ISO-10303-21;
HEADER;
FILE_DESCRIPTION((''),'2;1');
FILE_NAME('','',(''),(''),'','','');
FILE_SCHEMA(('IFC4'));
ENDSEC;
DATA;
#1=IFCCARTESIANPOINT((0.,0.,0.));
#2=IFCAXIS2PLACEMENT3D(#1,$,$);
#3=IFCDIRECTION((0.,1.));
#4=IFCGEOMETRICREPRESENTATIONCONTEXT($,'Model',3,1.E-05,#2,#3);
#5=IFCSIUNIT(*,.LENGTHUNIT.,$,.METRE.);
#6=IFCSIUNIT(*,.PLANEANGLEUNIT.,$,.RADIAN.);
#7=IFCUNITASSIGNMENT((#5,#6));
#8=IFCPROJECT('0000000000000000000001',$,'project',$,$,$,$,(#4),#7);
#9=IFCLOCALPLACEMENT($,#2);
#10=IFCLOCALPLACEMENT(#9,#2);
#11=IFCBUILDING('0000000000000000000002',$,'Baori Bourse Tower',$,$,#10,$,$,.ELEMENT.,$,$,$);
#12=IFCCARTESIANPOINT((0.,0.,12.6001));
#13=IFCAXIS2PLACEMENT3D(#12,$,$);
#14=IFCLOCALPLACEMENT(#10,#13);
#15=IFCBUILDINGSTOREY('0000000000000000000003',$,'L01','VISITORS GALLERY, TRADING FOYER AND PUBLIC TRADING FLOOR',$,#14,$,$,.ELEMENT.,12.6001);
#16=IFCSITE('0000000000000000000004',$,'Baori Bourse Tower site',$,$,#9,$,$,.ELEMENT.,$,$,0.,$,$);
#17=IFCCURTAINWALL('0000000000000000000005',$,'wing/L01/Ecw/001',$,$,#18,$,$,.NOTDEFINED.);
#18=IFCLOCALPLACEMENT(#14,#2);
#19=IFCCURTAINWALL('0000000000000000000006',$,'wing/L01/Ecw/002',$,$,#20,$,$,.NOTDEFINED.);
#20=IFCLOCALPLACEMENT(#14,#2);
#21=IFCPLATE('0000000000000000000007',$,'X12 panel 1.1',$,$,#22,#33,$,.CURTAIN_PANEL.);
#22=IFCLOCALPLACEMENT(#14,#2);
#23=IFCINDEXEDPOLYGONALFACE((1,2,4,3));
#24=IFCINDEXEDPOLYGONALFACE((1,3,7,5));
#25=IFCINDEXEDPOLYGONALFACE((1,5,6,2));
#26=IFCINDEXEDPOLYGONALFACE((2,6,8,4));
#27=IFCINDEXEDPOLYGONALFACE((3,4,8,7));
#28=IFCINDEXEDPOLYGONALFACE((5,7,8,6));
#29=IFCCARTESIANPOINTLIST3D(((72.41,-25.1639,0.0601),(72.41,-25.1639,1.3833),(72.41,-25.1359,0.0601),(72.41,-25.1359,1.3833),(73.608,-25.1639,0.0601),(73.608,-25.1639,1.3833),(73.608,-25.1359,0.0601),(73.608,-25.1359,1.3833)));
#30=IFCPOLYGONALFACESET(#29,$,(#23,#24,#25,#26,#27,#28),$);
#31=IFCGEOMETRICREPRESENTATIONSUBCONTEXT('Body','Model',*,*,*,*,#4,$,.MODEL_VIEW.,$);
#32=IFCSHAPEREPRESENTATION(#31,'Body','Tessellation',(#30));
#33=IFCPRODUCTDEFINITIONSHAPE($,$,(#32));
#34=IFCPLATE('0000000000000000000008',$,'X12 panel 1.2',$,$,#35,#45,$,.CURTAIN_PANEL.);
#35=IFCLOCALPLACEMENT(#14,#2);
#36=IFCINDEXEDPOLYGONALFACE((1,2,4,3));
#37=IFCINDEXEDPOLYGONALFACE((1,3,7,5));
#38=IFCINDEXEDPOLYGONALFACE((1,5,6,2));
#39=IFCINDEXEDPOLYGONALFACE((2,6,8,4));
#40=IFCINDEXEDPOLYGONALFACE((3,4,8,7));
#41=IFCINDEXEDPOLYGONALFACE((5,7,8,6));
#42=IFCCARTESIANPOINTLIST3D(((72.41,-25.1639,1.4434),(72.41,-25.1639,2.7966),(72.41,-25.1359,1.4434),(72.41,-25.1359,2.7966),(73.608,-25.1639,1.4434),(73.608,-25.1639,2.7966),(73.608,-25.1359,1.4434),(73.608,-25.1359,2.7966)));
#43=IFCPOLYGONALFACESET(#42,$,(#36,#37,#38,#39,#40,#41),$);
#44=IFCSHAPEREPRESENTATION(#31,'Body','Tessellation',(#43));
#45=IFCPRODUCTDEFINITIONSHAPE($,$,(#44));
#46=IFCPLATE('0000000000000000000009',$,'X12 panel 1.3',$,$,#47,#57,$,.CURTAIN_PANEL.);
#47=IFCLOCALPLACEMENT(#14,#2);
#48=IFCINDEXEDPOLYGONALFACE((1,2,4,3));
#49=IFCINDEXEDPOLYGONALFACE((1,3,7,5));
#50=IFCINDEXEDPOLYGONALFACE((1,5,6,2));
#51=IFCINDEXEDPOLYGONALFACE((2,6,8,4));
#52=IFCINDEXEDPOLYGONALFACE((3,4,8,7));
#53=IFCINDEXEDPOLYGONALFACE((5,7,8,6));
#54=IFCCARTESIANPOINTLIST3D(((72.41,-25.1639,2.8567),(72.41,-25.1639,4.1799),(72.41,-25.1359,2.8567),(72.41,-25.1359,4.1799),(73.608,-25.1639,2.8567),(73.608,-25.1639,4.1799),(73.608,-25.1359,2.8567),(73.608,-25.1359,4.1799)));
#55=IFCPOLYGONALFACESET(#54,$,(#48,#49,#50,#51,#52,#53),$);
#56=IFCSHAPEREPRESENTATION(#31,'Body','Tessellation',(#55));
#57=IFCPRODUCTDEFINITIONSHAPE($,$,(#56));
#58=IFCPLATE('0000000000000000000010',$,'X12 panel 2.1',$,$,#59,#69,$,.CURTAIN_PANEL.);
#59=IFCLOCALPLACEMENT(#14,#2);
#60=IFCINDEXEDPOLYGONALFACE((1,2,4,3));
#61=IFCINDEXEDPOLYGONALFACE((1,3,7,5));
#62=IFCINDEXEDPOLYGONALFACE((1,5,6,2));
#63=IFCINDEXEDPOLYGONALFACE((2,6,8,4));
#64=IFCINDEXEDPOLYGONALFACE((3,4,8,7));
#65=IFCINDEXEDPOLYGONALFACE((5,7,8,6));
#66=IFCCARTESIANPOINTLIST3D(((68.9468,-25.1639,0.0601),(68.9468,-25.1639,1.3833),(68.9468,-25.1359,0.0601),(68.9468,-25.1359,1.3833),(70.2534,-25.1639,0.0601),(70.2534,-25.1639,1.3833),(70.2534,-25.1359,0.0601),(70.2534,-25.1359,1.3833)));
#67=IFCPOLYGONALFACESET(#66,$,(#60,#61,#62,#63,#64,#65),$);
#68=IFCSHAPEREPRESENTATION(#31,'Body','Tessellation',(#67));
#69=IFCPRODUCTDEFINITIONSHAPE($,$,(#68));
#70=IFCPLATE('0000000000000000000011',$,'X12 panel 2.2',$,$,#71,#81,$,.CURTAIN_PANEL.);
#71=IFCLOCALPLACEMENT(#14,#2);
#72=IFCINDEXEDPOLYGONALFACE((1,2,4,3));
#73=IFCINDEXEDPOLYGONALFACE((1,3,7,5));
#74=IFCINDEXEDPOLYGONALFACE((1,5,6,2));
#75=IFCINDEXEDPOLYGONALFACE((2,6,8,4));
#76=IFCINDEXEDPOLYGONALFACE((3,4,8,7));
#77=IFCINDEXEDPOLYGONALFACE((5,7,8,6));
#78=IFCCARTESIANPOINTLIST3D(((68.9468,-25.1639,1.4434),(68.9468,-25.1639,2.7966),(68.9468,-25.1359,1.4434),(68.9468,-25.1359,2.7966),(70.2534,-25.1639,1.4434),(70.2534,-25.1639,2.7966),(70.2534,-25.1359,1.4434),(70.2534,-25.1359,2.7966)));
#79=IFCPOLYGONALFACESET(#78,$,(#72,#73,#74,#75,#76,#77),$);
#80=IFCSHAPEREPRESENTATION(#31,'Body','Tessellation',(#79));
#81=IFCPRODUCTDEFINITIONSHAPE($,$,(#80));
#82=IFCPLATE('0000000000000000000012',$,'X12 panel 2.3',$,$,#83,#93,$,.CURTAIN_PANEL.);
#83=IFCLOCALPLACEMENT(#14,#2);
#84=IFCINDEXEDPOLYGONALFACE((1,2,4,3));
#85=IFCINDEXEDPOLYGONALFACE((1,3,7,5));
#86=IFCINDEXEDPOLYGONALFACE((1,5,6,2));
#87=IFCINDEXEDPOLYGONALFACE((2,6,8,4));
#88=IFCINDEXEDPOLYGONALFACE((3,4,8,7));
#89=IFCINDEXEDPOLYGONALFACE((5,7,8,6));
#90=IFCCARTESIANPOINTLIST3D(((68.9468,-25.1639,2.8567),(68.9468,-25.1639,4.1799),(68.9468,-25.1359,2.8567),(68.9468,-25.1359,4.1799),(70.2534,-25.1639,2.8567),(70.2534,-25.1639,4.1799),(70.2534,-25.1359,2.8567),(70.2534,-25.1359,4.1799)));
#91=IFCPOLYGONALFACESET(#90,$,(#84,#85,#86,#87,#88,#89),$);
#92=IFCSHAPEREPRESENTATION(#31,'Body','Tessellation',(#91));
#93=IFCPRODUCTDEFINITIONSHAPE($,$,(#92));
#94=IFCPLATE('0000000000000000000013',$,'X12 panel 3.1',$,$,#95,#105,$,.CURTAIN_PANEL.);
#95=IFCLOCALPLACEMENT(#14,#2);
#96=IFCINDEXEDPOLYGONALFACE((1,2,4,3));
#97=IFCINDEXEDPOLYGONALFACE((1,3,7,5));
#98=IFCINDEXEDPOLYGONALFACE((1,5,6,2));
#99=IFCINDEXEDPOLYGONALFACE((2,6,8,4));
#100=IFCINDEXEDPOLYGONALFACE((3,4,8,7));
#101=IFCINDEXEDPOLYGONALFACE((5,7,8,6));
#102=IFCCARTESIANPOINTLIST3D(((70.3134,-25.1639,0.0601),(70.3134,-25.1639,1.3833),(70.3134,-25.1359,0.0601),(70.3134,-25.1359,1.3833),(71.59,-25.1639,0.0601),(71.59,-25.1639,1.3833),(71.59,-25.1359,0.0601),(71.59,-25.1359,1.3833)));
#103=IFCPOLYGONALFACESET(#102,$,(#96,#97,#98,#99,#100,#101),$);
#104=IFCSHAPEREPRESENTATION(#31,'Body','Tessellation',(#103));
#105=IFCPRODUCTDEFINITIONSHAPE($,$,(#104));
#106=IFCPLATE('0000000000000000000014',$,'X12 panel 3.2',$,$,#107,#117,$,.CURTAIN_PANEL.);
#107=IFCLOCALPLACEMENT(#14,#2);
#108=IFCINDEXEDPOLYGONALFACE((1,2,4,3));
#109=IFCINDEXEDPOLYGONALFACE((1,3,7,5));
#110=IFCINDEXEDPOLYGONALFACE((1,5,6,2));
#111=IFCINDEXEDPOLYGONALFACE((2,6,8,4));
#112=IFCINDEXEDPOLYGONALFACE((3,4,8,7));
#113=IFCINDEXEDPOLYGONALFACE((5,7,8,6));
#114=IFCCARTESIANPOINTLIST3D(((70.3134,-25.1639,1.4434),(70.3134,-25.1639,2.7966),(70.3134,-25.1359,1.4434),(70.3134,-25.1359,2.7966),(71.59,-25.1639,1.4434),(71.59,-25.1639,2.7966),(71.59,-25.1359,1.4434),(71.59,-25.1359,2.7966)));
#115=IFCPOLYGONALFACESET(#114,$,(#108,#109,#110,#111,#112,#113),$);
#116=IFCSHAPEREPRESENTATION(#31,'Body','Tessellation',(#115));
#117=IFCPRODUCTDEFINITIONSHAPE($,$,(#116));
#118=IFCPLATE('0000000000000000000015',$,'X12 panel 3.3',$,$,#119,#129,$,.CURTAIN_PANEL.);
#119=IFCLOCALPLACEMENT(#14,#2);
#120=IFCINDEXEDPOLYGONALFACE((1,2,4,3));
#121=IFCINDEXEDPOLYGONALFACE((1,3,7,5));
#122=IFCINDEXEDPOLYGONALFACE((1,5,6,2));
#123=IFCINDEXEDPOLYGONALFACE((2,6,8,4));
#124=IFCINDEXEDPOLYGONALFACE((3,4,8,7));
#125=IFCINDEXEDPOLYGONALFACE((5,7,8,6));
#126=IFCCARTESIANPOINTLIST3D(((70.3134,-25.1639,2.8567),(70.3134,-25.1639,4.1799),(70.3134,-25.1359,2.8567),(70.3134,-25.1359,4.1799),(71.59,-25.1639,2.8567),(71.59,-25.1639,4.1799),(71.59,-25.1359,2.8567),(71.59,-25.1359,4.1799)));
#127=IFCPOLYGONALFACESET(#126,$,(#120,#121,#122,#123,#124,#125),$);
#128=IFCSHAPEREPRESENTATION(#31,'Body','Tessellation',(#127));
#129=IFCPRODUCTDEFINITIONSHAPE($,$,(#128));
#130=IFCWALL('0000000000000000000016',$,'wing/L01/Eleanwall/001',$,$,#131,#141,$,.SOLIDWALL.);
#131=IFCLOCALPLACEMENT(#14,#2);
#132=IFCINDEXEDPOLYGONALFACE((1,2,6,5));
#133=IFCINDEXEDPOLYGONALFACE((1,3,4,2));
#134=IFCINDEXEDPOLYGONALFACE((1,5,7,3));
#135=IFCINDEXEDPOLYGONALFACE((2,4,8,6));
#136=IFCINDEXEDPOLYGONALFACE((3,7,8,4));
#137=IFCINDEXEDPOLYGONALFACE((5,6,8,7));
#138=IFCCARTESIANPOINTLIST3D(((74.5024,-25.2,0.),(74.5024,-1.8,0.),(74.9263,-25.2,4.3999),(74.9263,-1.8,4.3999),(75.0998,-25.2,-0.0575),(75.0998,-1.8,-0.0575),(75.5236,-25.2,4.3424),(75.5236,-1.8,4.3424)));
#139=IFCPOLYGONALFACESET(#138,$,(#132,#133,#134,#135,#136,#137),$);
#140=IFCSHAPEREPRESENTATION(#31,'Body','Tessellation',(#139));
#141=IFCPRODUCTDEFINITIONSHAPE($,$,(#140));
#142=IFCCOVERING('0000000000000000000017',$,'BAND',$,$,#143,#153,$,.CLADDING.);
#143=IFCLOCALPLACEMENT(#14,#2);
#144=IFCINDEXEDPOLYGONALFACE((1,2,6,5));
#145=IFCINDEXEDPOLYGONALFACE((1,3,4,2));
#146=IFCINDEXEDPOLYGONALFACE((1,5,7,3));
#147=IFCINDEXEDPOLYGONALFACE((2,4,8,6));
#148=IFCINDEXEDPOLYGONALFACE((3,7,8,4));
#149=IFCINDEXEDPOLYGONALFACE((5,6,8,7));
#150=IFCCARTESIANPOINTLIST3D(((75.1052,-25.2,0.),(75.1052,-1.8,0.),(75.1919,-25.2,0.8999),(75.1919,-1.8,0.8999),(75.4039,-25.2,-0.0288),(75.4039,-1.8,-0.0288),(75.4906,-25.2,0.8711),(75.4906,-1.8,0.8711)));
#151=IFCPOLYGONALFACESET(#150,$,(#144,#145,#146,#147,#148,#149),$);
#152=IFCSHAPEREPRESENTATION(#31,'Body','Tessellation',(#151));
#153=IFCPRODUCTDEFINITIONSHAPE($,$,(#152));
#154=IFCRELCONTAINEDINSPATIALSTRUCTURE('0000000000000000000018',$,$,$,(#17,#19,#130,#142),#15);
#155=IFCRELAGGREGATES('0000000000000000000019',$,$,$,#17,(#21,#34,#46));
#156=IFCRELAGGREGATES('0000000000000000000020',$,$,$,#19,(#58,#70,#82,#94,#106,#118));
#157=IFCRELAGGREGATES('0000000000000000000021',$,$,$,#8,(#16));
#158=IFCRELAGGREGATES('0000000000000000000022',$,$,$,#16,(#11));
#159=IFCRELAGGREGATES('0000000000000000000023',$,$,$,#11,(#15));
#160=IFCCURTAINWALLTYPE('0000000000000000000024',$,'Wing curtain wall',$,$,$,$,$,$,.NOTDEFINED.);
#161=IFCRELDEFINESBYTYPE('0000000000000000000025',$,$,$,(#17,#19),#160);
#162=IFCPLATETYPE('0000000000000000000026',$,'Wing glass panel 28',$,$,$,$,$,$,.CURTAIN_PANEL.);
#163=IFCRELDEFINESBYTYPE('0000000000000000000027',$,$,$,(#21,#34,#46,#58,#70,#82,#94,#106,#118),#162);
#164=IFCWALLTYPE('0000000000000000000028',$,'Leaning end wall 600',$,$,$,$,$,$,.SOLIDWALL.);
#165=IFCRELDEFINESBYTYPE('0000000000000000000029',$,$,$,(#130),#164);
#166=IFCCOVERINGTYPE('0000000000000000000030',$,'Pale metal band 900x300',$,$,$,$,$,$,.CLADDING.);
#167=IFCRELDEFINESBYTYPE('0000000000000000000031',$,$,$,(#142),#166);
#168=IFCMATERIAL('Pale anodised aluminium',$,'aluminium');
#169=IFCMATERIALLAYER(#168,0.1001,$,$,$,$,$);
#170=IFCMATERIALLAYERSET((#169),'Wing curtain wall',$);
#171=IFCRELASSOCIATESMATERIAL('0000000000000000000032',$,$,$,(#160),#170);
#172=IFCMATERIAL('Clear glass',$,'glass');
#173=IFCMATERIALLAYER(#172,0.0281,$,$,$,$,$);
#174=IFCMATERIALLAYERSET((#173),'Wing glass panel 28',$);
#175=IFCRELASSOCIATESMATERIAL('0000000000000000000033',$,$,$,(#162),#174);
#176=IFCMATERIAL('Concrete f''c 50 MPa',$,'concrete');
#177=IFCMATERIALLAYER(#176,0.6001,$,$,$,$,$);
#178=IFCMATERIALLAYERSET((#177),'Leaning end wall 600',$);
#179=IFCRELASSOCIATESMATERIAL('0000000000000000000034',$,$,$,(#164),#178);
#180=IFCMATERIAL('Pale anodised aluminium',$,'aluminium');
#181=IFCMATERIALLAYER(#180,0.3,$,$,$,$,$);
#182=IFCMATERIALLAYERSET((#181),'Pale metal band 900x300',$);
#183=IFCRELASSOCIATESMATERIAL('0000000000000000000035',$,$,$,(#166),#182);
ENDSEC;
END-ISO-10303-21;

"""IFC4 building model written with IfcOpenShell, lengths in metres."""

from ifc_helpers import new_model, si_unit, direction, frame, origin, origin_2d, place, context, subcontext, project, spatial, polyline, rectangle, outline, extrude, material, layer, layer_set, type_object, element, aggregate, save


model = new_model("IFC4")

# Units and contexts
model_context = context("Model", 3, precision=1e-05, world=origin(), true_north=direction((0.0, 1.0)))
body_context = subcontext(model_context, "Body", "Model", "MODEL_VIEW")
ifc_project = project(units=[si_unit("LENGTHUNIT", "METRE"), si_unit("PLANEANGLEUNIT", "RADIAN")], contexts=[model_context])

# Site, building, storey
site_placement = place(None, origin())
site = spatial("IfcSite", under=ifc_project, at=site_placement, Name="Baori Bourse Tower site", CompositionType="ELEMENT", RefElevation=0.0)
building_placement = place(site_placement, origin())
building = spatial("IfcBuilding", under=site, at=building_placement, Name="Baori Bourse Tower", CompositionType="ELEMENT")
storey_placement = place(building_placement, frame((0.0, 0.0, 12.6001)))
storey = spatial("IfcBuildingStorey", under=building, at=storey_placement, Name="L01", Description="VISITORS GALLERY, TRADING FOYER AND PUBLIC TRADING FLOOR", CompositionType="ELEMENT", Elevation=12.6001)

# Curtain wall
ifc_material_1 = material(Name="Pale anodised aluminium", Category="aluminium")
ifc_layer_1 = layer(ifc_material_1, 0.1001)
ifc_layer_set_1 = layer_set([ifc_layer_1], Name="Wing curtain wall")
curtain_wall_type = type_object("IfcCurtainWallType", Name="Wing curtain wall", PredefinedType="NOTDEFINED", material=ifc_layer_set_1)
curtain_wall_1_placement = place(storey_placement, origin())
curtain_wall_1 = element("IfcCurtainWall", 1, at=curtain_wall_1_placement, inside=storey, type_object=curtain_wall_type, Name="wing/L01/Ecw/001", PredefinedType="NOTDEFINED")

# Curtain wall
curtain_wall_2_placement = place(storey_placement, origin())
curtain_wall_2 = element("IfcCurtainWall", 2, at=curtain_wall_2_placement, inside=storey, type_object=curtain_wall_type, Name="wing/L01/Ecw/002", PredefinedType="NOTDEFINED")

# Plates
ifc_material_2 = material(Name="Clear glass", Category="glass")
ifc_layer_2 = layer(ifc_material_2, 0.0281)
ifc_layer_set_2 = layer_set([ifc_layer_2], Name="Wing glass panel 28")
plate_type = type_object("IfcPlateType", Name="Wing glass panel 28", PredefinedType="CURTAIN_PANEL", material=ifc_layer_set_2)
plate_1_placement = place(storey_placement, frame((73.009, -25.1499, 0.0601), z_axis=(0.0, 0.0, 1.0), x_axis=(1.0, 0.0, 0.0)))
plate_1 = element("IfcPlate", 3, at=plate_1_placement, type_object=plate_type, Name="X12 panel 1.1", PredefinedType="CURTAIN_PANEL", context=body_context, shape_type="SweptSolid", body=[
    extrude(rectangle(XDim=1.198, YDim=0.0281, at=origin_2d()), origin(), (0.0, 0.0, 1.0), 1.3232),
])
plate_2_placement = place(storey_placement, frame((73.009, -25.1499, 1.4434), z_axis=(0.0, 0.0, 1.0), x_axis=(1.0, 0.0, 0.0)))
plate_2 = element("IfcPlate", 4, at=plate_2_placement, type_object=plate_type, Name="X12 panel 1.2", PredefinedType="CURTAIN_PANEL", context=body_context, shape_type="SweptSolid", body=[
    extrude(rectangle(XDim=1.198, YDim=0.0281, at=origin_2d()), origin(), (0.0, 0.0, 1.0), 1.3533),
])
plate_3_placement = place(storey_placement, frame((73.009, -25.1499, 2.8567), z_axis=(0.0, 0.0, 1.0), x_axis=(1.0, 0.0, 0.0)))
plate_3 = element("IfcPlate", 5, at=plate_3_placement, type_object=plate_type, Name="X12 panel 1.3", PredefinedType="CURTAIN_PANEL", context=body_context, shape_type="SweptSolid", body=[
    extrude(rectangle(XDim=1.198, YDim=0.0281, at=origin_2d()), origin(), (0.0, 0.0, 1.0), 1.3232),
])
aggregate(curtain_wall_1, [plate_1, plate_2, plate_3])
plate_4_placement = place(storey_placement, frame((69.6001, -25.1499, 0.0601), z_axis=(0.0, 0.0, 1.0), x_axis=(1.0, 0.0, 0.0)))
plate_4 = element("IfcPlate", 6, at=plate_4_placement, type_object=plate_type, Name="X12 panel 2.1", PredefinedType="CURTAIN_PANEL", context=body_context, shape_type="SweptSolid", body=[
    extrude(rectangle(XDim=1.3066, YDim=0.0281, at=origin_2d()), origin(), (0.0, 0.0, 1.0), 1.3232),
])
plate_5_placement = place(storey_placement, frame((69.6001, -25.1499, 1.4434), z_axis=(0.0, 0.0, 1.0), x_axis=(1.0, 0.0, 0.0)))
plate_5 = element("IfcPlate", 7, at=plate_5_placement, type_object=plate_type, Name="X12 panel 2.2", PredefinedType="CURTAIN_PANEL", context=body_context, shape_type="SweptSolid", body=[
    extrude(rectangle(XDim=1.3066, YDim=0.0281, at=origin_2d()), origin(), (0.0, 0.0, 1.0), 1.3533),
])
plate_6_placement = place(storey_placement, frame((69.6001, -25.1499, 2.8567), z_axis=(0.0, 0.0, 1.0), x_axis=(1.0, 0.0, 0.0)))
plate_6 = element("IfcPlate", 8, at=plate_6_placement, type_object=plate_type, Name="X12 panel 2.3", PredefinedType="CURTAIN_PANEL", context=body_context, shape_type="SweptSolid", body=[
    extrude(rectangle(XDim=1.3066, YDim=0.0281, at=origin_2d()), origin(), (0.0, 0.0, 1.0), 1.3232),
])
plate_7_placement = place(storey_placement, frame((70.9517, -25.1499, 0.0601), z_axis=(0.0, 0.0, 1.0), x_axis=(1.0, 0.0, 0.0)))
plate_7 = element("IfcPlate", 9, at=plate_7_placement, type_object=plate_type, Name="X12 panel 3.1", PredefinedType="CURTAIN_PANEL", context=body_context, shape_type="SweptSolid", body=[
    extrude(rectangle(XDim=1.2766, YDim=0.0281, at=origin_2d()), origin(), (0.0, 0.0, 1.0), 1.3232),
])
plate_8_placement = place(storey_placement, frame((70.9517, -25.1499, 1.4434), z_axis=(0.0, 0.0, 1.0), x_axis=(1.0, 0.0, 0.0)))
plate_8 = element("IfcPlate", 10, at=plate_8_placement, type_object=plate_type, Name="X12 panel 3.2", PredefinedType="CURTAIN_PANEL", context=body_context, shape_type="SweptSolid", body=[
    extrude(rectangle(XDim=1.2766, YDim=0.0281, at=origin_2d()), origin(), (0.0, 0.0, 1.0), 1.3533),
])
plate_9_placement = place(storey_placement, frame((70.9517, -25.1499, 2.8567), z_axis=(0.0, 0.0, 1.0), x_axis=(1.0, 0.0, 0.0)))
plate_9 = element("IfcPlate", 11, at=plate_9_placement, type_object=plate_type, Name="X12 panel 3.3", PredefinedType="CURTAIN_PANEL", context=body_context, shape_type="SweptSolid", body=[
    extrude(rectangle(XDim=1.2766, YDim=0.0281, at=origin_2d()), origin(), (0.0, 0.0, 1.0), 1.3232),
])
aggregate(curtain_wall_2, [plate_4, plate_5, plate_6, plate_7, plate_8, plate_9])

# Wall
ifc_material_3 = material(Name="Concrete f'c 50 MPa", Category="concrete")
ifc_layer_3 = layer(ifc_material_3, 0.6001)
ifc_layer_set_3 = layer_set([ifc_layer_3], Name="Leaning end wall 600")
wall_type = type_object("IfcWallType", Name="Leaning end wall 600", PredefinedType="SOLIDWALL", material=ifc_layer_set_3)
wall_placement = place(storey_placement, frame((74.5024, -25.2, 0.0), z_axis=(-0.995393, 0.0, 0.095883), x_axis=(0.0, 1.0, 0.0)))
element("IfcWall", 12, at=wall_placement, inside=storey, type_object=wall_type, Name="wing/L01/Eleanwall/001", PredefinedType="SOLIDWALL", context=body_context, shape_type="SweptSolid", body=[
    extrude(outline(polyline([(0.0, 0.0), (23.3999, 0.0), (23.3999, -4.4203), (0.0, -4.4203), (0.0, 0.0)])), origin(), (0.0, 0.0, -1.0), 0.6001),
])

# Covering
ifc_material_4 = material(Name="Pale anodised aluminium", Category="aluminium")
ifc_layer_4 = layer(ifc_material_4, 0.3)
ifc_layer_set_4 = layer_set([ifc_layer_4], Name="Pale metal band 900x300")
covering_type = type_object("IfcCoveringType", Name="Pale metal band 900x300", PredefinedType="CLADDING", material=ifc_layer_set_4)
covering_placement = place(storey_placement, frame((75.1052, -25.2, 0.0), z_axis=(-0.995394, 0.0, 0.095867), x_axis=(0.0, 1.0, 0.0)))
element("IfcCovering", 13, at=covering_placement, inside=storey, type_object=covering_type, Name="BAND", PredefinedType="CLADDING", context=body_context, shape_type="SweptSolid", body=[
    extrude(outline(polyline([(0.0, 0.0), (23.3999, 0.0), (23.3999, -0.9041), (0.0, -0.9041), (0.0, 0.0)])), origin(), (0.0, 0.0, -1.0), 0.3),
])

save(model, "model.ifc")
